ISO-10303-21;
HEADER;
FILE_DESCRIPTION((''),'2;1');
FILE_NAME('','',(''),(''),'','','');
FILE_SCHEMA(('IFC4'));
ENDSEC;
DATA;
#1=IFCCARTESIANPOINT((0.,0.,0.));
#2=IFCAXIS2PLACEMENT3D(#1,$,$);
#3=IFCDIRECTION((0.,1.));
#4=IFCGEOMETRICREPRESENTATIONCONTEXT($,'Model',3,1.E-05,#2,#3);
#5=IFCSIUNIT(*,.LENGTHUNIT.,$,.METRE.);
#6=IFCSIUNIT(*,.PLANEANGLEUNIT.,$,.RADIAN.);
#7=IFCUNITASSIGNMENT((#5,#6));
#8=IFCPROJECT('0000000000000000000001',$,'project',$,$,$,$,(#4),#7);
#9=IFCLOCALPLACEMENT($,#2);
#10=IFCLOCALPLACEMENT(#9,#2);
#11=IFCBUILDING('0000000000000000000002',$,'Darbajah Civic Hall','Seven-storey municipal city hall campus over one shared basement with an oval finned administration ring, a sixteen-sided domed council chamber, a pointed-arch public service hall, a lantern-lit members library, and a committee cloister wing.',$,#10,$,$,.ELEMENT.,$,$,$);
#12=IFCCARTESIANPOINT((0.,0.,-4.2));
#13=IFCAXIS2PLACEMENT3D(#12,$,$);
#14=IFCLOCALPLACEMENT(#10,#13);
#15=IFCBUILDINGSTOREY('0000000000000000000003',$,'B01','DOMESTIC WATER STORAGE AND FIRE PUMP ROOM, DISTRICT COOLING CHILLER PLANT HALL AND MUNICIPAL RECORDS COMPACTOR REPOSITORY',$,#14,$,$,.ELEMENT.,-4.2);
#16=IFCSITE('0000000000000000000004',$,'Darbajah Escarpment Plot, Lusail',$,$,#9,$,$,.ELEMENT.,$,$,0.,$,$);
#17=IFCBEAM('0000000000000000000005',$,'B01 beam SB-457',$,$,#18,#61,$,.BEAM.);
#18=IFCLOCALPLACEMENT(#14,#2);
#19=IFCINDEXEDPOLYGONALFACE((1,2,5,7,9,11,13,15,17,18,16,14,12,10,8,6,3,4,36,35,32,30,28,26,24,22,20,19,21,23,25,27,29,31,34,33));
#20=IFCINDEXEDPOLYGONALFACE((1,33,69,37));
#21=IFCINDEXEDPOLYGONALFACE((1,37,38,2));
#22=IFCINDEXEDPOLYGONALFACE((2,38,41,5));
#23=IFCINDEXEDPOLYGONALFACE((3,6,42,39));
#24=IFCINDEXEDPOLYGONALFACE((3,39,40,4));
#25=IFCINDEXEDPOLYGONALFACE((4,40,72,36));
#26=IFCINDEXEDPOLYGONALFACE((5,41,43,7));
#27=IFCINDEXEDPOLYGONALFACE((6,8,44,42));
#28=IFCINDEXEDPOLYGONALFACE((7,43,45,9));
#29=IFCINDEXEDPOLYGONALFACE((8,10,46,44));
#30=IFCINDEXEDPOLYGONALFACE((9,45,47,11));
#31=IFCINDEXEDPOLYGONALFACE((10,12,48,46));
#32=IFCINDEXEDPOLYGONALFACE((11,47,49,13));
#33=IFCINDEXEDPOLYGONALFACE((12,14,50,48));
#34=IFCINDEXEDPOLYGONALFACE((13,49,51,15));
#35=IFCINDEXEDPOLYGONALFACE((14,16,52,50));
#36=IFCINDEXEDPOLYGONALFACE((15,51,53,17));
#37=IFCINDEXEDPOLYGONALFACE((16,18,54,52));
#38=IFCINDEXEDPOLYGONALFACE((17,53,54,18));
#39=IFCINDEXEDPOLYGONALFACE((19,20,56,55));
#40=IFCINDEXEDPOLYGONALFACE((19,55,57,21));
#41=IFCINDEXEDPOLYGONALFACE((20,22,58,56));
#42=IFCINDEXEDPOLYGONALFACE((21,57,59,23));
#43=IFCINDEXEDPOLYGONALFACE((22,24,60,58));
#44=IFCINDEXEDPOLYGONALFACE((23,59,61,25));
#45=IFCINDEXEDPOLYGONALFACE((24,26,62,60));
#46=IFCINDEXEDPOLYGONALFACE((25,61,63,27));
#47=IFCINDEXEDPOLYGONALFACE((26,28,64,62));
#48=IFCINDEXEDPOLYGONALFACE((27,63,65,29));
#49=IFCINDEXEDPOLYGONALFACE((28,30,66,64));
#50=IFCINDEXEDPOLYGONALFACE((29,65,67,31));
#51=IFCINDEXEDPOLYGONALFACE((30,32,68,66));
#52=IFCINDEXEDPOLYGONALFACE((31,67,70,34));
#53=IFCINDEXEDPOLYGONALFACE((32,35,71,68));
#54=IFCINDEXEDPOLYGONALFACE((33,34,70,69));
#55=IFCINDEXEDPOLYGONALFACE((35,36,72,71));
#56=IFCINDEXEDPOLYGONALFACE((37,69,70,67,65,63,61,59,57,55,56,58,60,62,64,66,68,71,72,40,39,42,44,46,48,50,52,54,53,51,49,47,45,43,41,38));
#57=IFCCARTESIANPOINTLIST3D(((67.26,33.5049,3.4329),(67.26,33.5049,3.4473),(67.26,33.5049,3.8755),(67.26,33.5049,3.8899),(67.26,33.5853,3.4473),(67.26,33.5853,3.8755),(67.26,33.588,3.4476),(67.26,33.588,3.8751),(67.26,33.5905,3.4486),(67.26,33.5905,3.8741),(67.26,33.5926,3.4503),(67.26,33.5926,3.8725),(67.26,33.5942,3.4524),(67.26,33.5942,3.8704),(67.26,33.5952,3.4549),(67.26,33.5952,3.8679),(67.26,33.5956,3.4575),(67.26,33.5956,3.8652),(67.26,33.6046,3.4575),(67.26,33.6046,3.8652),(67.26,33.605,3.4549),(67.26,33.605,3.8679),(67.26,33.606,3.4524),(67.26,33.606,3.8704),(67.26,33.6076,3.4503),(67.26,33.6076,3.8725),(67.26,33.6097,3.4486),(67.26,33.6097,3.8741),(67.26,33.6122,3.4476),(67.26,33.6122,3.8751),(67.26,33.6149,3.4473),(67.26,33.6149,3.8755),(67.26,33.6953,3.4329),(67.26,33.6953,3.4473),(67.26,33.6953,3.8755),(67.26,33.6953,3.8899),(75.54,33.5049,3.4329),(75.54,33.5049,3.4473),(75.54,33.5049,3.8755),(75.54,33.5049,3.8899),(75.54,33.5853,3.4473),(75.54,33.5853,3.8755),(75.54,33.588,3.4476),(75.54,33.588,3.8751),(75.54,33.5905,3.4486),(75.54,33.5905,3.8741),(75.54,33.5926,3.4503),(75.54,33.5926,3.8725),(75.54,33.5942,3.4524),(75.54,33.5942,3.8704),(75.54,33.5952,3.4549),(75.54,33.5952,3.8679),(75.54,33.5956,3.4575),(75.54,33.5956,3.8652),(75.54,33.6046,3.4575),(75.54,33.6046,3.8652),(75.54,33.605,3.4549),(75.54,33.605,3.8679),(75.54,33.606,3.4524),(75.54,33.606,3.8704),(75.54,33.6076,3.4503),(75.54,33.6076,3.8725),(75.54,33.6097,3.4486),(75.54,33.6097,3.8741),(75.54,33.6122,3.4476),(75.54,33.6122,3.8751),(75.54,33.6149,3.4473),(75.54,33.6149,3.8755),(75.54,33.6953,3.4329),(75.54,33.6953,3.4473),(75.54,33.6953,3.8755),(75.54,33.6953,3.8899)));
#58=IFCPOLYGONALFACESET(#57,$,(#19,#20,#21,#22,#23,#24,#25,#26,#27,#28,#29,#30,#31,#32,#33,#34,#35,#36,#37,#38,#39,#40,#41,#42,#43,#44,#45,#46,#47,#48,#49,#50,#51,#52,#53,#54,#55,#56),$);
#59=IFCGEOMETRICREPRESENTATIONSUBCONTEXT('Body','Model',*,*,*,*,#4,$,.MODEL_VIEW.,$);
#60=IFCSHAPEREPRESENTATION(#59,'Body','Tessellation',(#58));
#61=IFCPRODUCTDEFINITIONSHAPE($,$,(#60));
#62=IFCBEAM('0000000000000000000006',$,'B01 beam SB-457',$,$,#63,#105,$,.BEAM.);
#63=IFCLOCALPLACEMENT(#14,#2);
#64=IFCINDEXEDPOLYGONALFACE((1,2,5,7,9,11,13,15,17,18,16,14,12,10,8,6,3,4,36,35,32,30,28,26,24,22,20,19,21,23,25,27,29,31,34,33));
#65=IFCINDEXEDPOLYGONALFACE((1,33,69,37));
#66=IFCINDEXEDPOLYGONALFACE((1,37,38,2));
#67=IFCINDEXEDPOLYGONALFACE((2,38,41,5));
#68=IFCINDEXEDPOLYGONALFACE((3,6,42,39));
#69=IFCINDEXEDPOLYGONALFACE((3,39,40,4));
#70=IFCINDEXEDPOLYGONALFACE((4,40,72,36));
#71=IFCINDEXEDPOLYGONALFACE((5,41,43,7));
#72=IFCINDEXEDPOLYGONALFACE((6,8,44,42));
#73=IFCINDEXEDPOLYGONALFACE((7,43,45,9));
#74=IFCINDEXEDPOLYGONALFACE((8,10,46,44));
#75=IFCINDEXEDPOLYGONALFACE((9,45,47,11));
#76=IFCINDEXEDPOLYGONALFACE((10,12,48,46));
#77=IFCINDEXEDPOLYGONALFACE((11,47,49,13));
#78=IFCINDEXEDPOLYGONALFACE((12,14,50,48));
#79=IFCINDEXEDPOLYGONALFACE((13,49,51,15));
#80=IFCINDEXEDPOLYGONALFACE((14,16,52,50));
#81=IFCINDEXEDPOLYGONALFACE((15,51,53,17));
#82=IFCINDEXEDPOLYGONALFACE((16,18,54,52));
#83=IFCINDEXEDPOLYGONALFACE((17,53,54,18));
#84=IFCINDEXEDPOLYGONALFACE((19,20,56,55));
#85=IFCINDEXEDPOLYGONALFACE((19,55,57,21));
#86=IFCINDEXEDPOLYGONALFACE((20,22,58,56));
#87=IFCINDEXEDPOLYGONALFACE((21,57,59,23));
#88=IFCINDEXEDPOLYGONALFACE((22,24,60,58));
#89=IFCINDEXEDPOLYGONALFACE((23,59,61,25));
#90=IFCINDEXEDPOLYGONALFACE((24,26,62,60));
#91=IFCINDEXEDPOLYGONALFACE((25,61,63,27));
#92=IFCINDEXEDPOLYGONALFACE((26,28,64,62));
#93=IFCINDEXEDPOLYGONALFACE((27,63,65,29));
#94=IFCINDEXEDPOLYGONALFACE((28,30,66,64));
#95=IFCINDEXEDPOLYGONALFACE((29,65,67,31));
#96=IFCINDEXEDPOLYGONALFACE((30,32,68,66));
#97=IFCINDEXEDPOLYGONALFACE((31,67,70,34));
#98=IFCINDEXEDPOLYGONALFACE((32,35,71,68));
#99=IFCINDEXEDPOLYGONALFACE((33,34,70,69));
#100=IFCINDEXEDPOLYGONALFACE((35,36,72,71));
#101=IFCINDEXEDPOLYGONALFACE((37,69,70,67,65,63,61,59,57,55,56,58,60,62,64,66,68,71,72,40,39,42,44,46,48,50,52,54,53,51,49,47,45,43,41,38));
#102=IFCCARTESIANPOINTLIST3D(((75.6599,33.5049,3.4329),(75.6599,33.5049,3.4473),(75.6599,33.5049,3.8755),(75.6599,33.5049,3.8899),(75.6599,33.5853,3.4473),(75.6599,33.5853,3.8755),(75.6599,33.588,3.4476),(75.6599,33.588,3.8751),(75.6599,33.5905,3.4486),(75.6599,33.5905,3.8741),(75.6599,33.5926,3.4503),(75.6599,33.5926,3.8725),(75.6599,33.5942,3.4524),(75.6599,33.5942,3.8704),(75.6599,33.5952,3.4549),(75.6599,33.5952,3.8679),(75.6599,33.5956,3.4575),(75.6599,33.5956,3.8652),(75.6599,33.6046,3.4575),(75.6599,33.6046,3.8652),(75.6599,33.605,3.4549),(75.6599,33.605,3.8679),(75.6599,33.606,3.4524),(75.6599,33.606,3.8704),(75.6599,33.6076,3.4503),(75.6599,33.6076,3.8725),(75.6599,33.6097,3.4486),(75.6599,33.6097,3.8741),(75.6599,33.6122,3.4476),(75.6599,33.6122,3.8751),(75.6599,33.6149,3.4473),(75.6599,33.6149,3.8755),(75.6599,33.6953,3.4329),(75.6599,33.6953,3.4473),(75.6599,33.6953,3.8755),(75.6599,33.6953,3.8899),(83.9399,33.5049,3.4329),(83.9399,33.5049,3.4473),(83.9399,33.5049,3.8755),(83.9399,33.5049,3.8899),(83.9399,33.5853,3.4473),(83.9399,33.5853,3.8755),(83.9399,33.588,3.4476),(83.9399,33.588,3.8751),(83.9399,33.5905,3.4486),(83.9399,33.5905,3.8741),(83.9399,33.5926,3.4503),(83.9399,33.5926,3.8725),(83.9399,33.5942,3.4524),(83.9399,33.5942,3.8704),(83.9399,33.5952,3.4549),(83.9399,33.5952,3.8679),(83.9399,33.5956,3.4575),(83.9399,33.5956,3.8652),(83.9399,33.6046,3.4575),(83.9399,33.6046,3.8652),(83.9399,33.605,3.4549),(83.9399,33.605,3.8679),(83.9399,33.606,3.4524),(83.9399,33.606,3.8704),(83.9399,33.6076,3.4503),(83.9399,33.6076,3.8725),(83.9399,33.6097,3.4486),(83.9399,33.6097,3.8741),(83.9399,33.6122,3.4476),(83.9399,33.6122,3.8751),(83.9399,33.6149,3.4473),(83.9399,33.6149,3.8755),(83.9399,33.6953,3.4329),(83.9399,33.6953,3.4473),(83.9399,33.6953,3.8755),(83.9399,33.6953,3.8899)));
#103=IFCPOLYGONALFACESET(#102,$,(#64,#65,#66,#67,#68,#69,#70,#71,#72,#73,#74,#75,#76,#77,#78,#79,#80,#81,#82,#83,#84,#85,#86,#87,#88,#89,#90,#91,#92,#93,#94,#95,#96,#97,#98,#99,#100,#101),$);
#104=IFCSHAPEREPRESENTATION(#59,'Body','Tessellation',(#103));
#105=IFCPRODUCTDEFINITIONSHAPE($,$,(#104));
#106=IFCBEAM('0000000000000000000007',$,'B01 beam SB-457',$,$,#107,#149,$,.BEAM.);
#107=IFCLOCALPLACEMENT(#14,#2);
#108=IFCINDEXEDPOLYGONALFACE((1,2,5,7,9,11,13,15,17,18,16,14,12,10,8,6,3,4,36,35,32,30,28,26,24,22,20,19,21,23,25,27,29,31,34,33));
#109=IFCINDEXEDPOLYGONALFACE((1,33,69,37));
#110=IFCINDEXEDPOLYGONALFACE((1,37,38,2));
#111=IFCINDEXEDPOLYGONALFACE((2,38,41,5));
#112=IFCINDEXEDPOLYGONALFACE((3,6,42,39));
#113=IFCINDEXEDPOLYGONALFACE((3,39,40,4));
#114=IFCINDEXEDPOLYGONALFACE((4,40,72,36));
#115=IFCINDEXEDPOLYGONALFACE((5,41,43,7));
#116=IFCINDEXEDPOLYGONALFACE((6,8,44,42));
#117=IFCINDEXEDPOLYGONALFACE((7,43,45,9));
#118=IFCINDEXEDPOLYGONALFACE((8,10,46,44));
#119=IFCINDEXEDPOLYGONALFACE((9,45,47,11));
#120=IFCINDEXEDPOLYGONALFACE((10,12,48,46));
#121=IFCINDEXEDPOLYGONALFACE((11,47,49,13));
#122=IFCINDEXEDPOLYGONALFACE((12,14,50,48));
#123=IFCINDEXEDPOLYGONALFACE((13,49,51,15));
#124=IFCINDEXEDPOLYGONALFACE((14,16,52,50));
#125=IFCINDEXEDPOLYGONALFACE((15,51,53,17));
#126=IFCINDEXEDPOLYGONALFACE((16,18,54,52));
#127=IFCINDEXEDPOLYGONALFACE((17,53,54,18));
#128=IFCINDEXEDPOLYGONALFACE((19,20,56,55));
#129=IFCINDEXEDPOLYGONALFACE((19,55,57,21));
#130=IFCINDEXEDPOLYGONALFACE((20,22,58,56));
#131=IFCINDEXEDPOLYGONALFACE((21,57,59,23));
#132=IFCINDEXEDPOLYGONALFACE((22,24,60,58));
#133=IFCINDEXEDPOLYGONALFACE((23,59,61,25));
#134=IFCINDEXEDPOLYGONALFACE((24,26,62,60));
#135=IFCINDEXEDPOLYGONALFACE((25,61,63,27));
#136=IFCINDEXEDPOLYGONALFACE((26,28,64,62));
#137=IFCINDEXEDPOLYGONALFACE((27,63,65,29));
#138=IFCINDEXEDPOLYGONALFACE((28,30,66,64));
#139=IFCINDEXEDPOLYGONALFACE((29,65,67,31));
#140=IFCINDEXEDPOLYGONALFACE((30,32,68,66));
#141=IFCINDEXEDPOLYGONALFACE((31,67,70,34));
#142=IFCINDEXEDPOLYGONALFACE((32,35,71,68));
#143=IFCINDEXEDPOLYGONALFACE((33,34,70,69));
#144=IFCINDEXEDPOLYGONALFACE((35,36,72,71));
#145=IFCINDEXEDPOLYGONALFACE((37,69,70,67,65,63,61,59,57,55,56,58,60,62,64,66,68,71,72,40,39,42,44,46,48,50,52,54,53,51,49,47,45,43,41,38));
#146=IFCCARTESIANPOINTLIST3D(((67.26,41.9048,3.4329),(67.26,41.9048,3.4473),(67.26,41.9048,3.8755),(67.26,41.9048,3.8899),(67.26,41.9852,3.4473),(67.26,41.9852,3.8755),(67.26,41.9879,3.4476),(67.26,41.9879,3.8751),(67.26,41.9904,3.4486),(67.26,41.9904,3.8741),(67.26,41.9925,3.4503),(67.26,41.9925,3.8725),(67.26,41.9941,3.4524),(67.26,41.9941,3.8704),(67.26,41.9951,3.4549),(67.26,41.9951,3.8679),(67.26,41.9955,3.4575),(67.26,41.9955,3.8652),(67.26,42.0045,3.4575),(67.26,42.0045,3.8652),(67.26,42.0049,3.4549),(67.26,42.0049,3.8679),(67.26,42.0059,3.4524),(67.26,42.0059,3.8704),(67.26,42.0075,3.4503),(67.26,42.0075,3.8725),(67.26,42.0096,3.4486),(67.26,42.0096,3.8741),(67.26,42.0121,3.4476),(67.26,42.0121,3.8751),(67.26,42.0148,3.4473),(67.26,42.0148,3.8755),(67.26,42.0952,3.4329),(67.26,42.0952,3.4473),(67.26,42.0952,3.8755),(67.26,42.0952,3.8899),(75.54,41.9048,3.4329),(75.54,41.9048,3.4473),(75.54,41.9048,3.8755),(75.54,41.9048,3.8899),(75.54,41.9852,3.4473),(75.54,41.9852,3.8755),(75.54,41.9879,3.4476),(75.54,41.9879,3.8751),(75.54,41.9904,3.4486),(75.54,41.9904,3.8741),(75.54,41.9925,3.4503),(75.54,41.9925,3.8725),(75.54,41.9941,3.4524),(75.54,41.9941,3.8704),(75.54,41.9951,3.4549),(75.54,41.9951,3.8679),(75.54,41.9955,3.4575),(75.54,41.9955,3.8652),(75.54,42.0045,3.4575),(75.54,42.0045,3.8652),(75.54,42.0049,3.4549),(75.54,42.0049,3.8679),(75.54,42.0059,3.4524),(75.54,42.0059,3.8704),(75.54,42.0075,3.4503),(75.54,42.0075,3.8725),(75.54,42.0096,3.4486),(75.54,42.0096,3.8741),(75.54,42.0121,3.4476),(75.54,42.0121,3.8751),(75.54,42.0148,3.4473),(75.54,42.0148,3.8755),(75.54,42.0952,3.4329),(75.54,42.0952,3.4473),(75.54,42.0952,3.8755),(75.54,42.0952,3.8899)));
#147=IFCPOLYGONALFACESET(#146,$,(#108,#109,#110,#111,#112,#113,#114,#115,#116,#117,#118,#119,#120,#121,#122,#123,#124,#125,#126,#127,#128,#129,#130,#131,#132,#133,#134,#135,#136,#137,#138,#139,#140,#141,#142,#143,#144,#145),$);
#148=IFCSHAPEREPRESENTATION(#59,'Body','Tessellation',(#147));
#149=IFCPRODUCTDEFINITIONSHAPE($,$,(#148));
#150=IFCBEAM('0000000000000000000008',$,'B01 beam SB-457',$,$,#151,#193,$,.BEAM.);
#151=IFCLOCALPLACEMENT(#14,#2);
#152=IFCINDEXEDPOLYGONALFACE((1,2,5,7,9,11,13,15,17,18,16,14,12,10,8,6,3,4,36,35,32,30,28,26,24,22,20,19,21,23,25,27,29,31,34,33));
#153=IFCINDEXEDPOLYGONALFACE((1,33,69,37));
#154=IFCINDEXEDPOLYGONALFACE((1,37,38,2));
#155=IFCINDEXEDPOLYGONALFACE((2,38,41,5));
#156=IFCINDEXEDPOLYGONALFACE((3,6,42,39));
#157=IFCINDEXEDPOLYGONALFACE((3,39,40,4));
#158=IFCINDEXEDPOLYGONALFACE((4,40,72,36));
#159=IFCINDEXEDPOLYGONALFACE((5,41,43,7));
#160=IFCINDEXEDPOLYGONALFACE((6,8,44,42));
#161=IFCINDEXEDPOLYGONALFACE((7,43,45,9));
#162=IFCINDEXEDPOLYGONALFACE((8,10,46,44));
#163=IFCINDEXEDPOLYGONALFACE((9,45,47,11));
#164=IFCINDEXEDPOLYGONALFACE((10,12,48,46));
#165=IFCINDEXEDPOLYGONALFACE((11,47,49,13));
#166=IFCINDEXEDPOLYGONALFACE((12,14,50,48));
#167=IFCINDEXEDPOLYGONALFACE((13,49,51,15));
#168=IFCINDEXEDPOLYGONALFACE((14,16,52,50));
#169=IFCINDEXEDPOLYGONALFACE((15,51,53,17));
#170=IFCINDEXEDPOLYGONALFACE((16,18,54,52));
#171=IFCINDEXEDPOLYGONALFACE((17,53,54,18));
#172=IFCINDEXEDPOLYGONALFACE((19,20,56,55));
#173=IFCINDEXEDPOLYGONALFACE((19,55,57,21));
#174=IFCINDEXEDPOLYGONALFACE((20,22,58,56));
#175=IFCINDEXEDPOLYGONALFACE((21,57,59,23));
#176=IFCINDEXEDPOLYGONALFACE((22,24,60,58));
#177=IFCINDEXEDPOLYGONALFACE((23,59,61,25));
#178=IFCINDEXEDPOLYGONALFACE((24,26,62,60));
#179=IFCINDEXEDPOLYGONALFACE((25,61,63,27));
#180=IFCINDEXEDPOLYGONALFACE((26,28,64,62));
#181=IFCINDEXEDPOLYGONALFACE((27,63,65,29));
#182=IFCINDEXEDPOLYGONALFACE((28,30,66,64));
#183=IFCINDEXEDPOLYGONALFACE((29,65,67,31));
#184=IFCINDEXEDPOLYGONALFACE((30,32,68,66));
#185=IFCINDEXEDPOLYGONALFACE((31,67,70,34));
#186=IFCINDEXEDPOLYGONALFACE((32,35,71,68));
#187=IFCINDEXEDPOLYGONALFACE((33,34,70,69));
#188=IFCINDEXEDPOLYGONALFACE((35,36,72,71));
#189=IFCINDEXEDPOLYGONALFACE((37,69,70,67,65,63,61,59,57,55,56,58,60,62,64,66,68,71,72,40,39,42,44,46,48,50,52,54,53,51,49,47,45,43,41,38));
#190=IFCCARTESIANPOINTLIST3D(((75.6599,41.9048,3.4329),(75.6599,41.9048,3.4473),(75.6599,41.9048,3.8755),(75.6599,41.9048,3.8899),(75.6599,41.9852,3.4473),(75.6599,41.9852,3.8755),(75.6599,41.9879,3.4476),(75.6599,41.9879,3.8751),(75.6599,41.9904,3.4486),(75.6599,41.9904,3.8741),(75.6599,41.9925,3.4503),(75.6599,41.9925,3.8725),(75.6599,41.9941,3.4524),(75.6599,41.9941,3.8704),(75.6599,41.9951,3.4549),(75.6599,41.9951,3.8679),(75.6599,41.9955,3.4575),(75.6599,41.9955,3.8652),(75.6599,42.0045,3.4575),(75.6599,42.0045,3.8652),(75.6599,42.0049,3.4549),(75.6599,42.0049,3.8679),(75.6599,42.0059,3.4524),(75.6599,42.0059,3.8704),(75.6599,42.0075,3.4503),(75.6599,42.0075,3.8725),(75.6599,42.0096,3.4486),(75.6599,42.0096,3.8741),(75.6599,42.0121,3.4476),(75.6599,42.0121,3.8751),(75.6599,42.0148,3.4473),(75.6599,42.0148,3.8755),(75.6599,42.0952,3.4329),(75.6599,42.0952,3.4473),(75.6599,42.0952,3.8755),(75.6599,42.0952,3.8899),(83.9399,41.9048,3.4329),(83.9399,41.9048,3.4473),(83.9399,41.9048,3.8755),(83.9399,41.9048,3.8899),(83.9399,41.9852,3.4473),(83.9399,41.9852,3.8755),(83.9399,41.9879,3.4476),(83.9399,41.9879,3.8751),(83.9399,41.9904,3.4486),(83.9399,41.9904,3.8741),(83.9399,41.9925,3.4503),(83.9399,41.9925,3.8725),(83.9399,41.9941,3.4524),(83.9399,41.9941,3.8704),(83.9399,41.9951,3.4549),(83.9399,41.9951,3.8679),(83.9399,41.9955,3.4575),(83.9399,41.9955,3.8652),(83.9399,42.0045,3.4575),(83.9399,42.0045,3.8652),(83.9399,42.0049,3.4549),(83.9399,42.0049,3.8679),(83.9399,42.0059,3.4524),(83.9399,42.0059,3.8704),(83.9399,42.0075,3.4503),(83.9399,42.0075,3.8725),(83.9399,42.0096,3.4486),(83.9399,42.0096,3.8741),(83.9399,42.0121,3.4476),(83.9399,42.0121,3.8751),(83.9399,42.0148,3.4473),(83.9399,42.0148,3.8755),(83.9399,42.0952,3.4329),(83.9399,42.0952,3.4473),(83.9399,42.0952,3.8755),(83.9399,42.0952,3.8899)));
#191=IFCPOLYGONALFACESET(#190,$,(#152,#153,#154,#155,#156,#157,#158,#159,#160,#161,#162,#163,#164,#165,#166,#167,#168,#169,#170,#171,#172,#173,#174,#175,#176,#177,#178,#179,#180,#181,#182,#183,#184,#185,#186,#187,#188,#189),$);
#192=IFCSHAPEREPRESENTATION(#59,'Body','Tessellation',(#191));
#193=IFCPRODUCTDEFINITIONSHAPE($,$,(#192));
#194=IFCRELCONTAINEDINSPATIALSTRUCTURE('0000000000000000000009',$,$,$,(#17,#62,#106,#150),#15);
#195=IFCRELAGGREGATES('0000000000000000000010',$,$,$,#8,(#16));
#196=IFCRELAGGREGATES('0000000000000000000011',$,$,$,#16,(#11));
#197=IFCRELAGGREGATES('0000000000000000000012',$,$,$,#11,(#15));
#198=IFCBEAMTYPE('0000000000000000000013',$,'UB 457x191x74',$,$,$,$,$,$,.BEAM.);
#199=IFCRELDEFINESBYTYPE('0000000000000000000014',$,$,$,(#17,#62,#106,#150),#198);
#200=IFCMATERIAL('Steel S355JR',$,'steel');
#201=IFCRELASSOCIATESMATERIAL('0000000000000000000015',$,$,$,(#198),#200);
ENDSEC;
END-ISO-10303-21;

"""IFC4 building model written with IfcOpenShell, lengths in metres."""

from ifc_helpers import new_model, si_unit, direction, frame, origin, origin_2d, place, context, subcontext, project, spatial, i_section, extrude, material, material_profile, profile_set, type_object, element, save


model = new_model("IFC4")

# Units and contexts
model_context = context("Model", 3, precision=1e-05, world=origin(), true_north=direction((0.0, 1.0)))
body_context = subcontext(model_context, "Body", "Model", "MODEL_VIEW")
ifc_project = project(units=[si_unit("LENGTHUNIT", "METRE"), si_unit("PLANEANGLEUNIT", "RADIAN")], contexts=[model_context])

# Site, building, storey
site_placement = place(None, origin())
site = spatial("IfcSite", under=ifc_project, at=site_placement, Name="Darbajah Escarpment Plot, Lusail", CompositionType="ELEMENT", RefElevation=0.0)
building_placement = place(site_placement, origin())
building = spatial("IfcBuilding", under=site, at=building_placement, Name="Darbajah Civic Hall", Description="Seven-storey municipal city hall campus over one shared basement with an oval finned administration ring, a sixteen-sided domed council chamber, a pointed-arch public service hall, a lantern-lit members library, and a committee cloister wing.", CompositionType="ELEMENT")
storey_placement = place(building_placement, frame((0.0, 0.0, -4.2)))
storey = spatial("IfcBuildingStorey", under=building, at=storey_placement, Name="B01", Description="DOMESTIC WATER STORAGE AND FIRE PUMP ROOM, DISTRICT COOLING CHILLER PLANT HALL AND MUNICIPAL RECORDS COMPACTOR REPOSITORY", CompositionType="ELEMENT", Elevation=-4.2)

# Beams
ifc_material_1 = material(Name="Steel S355JR", Category="steel")
ifc_material_profile_1 = material_profile(ifc_material_1, i_section(OverallWidth=0.1904, OverallDepth=0.457, WebThickness=0.009, FlangeThickness=0.0144, FilletRadius=0.0103, at=origin_2d()), Name="UB 457x191x74")
ifc_profile_set_1 = profile_set([ifc_material_profile_1], Name="Steel S355JR")
beam_type_1 = type_object("IfcBeamType", Name="UB 457x191x74", PredefinedType="BEAM", material=ifc_profile_set_1)
for number, where, z_axis, x_axis, name in (
    (1, (67.26, 33.6001, 3.6614), (1.0, 0.0, 0.0), (0.0, 1.0, 0.0), "B01 beam SB-457"),
    (2, (75.6599, 33.6001, 3.6614), (1.0, 0.0, 0.0), (0.0, 1.0, 0.0), "B01 beam SB-457"),
    (3, (67.26, 42.0, 3.6614), (1.0, 0.0, 0.0), (0.0, 1.0, 0.0), "B01 beam SB-457"),
    (4, (75.6599, 42.0, 3.6614), (1.0, 0.0, 0.0), (0.0, 1.0, 0.0), "B01 beam SB-457"),
):
    element("IfcBeam", number, at=place(storey_placement, frame(where, z_axis=z_axis, x_axis=x_axis)), inside=storey, type_object=beam_type_1, Name=name, PredefinedType="BEAM", context=body_context, shape_type="SweptSolid", body=[
        extrude(i_section(OverallWidth=0.1904, OverallDepth=0.457, WebThickness=0.009, FlangeThickness=0.0144, FilletRadius=0.0103, at=origin_2d()), origin(), (0.0, 0.0, 1.0), 8.28),
    ])

save(model, "model.ifc")
